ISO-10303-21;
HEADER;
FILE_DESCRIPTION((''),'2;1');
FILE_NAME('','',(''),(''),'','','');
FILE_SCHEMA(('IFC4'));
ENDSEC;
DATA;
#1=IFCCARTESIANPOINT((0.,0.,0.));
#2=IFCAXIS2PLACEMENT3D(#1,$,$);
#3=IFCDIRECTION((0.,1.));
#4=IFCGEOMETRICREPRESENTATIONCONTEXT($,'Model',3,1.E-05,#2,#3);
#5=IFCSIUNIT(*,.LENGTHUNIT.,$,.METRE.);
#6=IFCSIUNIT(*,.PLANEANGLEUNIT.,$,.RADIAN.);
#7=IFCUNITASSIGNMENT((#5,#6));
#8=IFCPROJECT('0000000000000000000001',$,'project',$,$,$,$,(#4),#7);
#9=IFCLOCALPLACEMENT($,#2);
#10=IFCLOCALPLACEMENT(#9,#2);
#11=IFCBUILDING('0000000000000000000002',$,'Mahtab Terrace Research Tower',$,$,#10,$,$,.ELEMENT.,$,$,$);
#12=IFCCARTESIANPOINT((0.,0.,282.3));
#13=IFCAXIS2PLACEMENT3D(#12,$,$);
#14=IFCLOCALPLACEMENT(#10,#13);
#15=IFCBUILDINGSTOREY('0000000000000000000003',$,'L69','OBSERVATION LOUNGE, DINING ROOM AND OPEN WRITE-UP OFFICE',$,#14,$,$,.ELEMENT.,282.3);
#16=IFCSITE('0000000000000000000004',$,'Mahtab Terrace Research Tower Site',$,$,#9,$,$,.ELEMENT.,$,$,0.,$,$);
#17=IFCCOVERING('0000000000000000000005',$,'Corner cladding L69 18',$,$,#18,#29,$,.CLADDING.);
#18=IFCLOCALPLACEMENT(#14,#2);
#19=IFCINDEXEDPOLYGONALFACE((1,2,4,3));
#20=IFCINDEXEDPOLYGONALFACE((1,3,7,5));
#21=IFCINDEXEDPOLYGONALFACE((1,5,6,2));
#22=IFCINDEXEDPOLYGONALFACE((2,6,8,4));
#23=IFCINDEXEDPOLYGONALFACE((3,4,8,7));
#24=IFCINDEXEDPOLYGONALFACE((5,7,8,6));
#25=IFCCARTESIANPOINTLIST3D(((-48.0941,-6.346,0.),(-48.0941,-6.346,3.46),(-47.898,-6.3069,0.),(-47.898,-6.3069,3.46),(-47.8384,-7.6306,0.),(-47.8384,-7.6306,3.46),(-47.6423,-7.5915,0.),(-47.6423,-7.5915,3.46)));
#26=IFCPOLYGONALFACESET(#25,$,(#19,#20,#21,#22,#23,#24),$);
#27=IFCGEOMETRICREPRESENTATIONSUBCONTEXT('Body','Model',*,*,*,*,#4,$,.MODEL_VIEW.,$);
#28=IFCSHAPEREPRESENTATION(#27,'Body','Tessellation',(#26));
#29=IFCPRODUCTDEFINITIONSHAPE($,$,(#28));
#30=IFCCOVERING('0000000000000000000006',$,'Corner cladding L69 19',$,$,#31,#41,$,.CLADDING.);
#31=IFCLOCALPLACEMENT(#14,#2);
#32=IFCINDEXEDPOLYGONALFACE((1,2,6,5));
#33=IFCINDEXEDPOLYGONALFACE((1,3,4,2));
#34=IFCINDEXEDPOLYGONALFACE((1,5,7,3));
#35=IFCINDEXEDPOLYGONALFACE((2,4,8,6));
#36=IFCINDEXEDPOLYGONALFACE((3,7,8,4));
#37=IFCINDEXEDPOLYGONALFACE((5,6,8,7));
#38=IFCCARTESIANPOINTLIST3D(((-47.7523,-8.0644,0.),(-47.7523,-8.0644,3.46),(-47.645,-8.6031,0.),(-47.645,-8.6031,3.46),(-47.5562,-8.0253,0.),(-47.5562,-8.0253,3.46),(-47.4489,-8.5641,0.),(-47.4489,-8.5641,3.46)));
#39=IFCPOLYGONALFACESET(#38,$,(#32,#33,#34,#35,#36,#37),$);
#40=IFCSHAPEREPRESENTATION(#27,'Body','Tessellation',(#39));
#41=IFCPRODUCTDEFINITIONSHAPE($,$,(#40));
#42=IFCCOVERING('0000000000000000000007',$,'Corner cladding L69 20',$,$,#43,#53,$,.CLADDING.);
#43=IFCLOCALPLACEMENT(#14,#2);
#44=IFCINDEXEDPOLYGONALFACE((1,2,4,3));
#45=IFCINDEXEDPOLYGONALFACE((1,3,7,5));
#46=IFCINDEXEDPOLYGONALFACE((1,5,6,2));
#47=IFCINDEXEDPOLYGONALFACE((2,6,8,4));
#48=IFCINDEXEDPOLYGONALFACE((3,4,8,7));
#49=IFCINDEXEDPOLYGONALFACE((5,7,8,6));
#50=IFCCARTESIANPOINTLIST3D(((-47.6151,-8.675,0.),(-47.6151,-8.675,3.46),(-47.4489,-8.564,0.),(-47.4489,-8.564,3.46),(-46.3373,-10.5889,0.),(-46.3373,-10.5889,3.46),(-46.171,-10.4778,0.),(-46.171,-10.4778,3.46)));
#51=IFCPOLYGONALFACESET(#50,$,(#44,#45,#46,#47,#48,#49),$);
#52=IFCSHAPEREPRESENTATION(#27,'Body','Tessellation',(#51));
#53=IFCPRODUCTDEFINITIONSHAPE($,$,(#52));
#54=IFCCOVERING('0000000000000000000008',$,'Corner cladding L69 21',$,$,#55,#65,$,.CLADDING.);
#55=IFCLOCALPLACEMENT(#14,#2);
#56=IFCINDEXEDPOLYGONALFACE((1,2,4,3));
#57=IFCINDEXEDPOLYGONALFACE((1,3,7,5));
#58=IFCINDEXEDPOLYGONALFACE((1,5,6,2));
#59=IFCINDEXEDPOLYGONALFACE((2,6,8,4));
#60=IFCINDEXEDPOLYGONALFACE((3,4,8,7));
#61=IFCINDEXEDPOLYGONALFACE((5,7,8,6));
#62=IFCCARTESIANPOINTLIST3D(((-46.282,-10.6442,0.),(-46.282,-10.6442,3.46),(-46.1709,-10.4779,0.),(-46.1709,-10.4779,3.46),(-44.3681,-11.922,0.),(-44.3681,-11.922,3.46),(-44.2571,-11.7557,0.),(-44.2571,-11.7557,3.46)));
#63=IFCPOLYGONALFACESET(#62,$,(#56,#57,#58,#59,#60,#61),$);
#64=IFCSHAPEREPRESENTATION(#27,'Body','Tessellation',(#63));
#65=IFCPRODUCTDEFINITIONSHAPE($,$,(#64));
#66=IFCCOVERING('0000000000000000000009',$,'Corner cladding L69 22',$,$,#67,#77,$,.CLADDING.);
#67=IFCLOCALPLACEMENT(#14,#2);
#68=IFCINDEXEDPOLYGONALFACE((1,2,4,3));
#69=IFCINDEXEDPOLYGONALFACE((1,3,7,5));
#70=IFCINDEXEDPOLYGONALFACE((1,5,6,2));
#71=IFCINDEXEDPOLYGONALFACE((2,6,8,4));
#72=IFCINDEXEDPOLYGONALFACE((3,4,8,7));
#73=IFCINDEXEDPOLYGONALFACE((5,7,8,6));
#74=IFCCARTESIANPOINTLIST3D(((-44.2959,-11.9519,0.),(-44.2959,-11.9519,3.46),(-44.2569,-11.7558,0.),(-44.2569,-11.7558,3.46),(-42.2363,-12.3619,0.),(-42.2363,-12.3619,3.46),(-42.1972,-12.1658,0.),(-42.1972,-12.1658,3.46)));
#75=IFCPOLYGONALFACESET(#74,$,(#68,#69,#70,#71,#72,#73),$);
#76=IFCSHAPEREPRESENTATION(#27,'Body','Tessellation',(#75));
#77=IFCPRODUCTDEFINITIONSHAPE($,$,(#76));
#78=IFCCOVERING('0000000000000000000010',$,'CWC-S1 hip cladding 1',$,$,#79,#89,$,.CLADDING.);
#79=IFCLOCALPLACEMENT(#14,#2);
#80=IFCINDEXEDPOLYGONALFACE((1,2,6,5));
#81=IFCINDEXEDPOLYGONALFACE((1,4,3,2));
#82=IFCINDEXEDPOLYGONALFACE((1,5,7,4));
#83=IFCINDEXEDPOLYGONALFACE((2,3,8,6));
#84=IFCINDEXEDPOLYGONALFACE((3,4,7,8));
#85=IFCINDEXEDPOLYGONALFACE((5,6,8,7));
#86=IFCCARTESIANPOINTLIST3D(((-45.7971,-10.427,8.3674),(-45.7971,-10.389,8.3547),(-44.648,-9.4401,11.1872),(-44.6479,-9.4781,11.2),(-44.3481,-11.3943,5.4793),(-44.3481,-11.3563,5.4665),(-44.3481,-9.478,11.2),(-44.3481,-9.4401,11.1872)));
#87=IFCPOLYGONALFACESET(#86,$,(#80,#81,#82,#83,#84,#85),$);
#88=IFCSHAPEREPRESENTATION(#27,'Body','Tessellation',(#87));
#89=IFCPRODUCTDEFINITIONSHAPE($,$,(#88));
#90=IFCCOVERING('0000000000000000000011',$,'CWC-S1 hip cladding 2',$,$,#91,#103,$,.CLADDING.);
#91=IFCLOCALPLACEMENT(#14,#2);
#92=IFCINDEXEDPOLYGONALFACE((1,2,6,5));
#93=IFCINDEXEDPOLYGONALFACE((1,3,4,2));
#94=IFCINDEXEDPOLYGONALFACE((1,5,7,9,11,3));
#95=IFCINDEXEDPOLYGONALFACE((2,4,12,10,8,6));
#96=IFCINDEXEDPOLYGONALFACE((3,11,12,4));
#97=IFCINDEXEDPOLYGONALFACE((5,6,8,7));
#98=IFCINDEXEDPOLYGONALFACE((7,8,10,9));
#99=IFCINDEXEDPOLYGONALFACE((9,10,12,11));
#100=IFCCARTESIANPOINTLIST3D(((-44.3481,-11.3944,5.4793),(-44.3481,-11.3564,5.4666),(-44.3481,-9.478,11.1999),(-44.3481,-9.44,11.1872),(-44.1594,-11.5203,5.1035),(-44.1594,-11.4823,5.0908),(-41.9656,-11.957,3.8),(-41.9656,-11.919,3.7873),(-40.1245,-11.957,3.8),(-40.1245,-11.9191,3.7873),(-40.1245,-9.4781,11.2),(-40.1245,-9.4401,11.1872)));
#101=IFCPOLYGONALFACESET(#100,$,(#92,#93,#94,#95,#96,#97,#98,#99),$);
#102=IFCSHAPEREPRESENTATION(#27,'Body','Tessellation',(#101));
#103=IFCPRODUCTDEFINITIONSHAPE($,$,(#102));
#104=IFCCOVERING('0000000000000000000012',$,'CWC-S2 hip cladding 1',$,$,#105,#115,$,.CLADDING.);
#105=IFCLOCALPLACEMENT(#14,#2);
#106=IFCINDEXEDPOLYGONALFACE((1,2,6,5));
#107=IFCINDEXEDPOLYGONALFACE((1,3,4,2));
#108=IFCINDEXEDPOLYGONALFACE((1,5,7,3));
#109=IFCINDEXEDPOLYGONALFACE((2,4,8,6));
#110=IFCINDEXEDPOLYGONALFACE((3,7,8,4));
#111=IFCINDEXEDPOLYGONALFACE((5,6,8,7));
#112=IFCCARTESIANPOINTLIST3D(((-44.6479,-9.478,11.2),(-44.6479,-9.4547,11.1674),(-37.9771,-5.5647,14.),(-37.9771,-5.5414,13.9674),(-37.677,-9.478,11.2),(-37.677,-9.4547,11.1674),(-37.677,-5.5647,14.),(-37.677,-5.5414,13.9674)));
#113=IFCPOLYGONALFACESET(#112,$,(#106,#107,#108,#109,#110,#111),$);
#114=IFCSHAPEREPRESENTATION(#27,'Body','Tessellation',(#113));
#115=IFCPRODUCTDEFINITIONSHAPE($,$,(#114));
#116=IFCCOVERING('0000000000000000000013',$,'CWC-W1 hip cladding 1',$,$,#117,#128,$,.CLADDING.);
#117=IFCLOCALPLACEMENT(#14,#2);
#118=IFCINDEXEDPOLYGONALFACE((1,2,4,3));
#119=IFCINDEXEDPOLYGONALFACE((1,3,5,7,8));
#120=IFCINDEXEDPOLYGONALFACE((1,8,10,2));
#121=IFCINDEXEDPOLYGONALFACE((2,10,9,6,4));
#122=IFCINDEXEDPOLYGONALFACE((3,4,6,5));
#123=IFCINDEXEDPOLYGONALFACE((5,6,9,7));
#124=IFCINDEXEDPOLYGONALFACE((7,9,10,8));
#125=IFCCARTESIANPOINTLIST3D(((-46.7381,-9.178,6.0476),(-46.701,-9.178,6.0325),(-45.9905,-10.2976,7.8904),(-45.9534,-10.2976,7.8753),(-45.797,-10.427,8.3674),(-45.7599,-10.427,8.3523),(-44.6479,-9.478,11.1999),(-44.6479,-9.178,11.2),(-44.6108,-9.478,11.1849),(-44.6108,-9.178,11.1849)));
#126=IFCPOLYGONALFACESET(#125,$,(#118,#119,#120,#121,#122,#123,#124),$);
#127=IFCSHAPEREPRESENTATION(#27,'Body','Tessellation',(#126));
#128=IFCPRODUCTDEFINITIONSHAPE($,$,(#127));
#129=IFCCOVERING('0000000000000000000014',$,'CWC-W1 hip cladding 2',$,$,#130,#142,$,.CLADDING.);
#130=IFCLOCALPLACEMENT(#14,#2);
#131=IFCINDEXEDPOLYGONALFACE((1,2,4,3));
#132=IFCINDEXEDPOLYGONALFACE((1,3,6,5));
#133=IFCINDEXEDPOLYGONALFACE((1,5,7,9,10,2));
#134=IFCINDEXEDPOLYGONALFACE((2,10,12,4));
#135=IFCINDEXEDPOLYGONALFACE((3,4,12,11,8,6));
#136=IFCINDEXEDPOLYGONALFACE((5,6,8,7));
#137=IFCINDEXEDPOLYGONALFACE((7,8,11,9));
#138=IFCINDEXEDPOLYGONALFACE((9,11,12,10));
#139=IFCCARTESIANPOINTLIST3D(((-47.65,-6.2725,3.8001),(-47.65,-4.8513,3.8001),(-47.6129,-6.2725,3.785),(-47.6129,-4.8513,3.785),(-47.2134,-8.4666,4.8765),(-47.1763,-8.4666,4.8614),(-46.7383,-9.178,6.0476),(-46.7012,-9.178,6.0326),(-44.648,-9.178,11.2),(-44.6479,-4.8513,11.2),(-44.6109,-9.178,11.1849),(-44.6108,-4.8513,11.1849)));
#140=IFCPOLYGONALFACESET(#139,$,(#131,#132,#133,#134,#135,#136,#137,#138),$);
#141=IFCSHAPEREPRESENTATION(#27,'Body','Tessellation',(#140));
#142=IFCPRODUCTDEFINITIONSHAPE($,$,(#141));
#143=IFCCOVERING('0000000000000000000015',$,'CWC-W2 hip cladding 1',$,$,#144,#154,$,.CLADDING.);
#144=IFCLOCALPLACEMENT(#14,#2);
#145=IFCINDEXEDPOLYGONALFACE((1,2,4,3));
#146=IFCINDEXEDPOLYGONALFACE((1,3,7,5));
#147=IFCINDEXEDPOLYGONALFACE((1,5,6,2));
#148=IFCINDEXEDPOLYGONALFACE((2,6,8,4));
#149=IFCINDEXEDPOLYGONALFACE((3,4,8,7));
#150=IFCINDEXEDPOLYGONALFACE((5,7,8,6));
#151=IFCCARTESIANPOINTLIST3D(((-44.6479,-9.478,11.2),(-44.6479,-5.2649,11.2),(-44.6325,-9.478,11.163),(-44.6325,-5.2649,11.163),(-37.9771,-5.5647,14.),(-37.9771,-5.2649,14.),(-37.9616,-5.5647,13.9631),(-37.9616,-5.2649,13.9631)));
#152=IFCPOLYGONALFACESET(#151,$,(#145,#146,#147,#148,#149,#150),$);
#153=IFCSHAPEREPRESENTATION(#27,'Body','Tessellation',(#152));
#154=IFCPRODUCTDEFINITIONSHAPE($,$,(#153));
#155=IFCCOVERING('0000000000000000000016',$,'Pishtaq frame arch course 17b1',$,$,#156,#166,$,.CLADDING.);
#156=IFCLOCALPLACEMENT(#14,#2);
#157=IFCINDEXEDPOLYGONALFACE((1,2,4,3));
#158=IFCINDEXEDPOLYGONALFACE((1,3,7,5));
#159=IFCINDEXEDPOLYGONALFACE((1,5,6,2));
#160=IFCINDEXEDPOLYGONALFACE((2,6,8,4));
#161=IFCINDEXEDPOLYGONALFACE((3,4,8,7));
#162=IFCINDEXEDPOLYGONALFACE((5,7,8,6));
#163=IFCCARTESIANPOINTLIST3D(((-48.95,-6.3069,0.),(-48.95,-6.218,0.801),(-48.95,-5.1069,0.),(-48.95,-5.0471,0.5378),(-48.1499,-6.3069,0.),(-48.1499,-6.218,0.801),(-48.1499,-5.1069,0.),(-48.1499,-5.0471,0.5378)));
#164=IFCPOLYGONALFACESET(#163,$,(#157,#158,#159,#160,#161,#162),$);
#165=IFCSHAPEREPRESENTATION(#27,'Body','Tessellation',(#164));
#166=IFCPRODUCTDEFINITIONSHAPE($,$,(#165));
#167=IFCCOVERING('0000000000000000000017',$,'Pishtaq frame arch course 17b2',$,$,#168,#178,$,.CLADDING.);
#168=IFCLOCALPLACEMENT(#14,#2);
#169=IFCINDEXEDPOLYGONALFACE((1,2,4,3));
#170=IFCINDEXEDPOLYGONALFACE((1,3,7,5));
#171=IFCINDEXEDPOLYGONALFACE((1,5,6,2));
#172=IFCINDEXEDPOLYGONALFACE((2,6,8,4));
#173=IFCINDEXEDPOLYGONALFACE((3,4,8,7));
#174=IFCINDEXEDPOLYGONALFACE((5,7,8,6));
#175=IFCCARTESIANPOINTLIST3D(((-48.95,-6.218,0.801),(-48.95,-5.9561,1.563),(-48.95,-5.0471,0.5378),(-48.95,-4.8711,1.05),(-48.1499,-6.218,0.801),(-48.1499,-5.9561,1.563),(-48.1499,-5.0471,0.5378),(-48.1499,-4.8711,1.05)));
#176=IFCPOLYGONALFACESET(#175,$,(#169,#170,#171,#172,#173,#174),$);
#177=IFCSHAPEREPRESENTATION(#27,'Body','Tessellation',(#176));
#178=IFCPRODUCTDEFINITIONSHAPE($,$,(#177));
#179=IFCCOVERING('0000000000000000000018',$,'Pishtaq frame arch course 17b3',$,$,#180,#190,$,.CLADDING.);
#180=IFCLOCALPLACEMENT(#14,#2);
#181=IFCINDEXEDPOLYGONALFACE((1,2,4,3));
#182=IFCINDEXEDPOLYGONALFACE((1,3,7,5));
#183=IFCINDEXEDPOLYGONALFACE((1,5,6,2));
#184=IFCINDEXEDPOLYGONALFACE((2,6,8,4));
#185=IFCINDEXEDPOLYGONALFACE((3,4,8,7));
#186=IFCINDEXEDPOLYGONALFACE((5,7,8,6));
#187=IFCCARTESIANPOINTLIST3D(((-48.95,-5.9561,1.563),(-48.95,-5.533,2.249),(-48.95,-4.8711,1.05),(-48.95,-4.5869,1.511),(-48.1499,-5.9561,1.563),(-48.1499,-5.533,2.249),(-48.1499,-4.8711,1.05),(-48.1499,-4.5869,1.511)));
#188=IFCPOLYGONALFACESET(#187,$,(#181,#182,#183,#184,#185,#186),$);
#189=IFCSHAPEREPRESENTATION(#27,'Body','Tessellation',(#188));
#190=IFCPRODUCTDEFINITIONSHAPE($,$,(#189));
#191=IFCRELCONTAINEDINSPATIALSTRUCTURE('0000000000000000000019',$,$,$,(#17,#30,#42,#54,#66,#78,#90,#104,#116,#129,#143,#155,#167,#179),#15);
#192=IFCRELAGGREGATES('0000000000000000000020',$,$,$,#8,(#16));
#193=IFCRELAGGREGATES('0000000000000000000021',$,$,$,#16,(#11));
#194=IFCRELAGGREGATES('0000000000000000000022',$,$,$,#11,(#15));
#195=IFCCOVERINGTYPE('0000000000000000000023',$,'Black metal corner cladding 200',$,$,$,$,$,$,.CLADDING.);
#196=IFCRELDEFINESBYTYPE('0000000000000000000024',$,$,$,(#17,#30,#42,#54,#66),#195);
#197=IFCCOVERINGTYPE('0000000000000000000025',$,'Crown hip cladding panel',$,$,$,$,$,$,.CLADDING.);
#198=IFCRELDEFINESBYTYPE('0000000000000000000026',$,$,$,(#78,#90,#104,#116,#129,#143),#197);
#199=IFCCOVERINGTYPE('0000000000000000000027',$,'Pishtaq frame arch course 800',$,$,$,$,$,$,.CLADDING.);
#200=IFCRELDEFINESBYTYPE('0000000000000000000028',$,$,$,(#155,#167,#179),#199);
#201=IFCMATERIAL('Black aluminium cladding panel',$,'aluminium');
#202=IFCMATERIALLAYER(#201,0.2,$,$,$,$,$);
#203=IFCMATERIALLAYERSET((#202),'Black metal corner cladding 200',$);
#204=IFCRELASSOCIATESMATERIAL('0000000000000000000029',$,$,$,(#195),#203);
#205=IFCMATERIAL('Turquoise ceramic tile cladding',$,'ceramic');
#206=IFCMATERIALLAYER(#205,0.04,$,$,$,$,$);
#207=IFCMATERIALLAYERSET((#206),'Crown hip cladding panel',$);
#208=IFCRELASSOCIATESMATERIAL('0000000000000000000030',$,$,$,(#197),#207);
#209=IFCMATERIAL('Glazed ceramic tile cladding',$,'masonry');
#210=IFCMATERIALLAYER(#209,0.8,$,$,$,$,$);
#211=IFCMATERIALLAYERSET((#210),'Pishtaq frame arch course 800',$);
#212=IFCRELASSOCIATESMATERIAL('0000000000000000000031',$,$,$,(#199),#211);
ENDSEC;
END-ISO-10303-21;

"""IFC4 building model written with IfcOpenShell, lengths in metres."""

from ifc_helpers import new_model, si_unit, direction, frame, origin, origin_2d, place, context, subcontext, project, spatial, polyline, rectangle, outline, extrude, material, layer, layer_set, type_object, element, save


model = new_model("IFC4")

# Units and contexts
model_context = context("Model", 3, precision=1e-05, world=origin(), true_north=direction((0.0, 1.0)))
body_context = subcontext(model_context, "Body", "Model", "MODEL_VIEW")
ifc_project = project(units=[si_unit("LENGTHUNIT", "METRE"), si_unit("PLANEANGLEUNIT", "RADIAN")], contexts=[model_context])

# Site, building, storey
site_placement = place(None, origin())
site = spatial("IfcSite", under=ifc_project, at=site_placement, Name="Mahtab Terrace Research Tower Site", CompositionType="ELEMENT", RefElevation=0.0)
building_placement = place(site_placement, origin())
building = spatial("IfcBuilding", under=site, at=building_placement, Name="Mahtab Terrace Research Tower", CompositionType="ELEMENT")
storey_placement = place(building_placement, frame((0.0, 0.0, 282.3)))
storey = spatial("IfcBuildingStorey", under=building, at=storey_placement, Name="L69", Description="OBSERVATION LOUNGE, DINING ROOM AND OPEN WRITE-UP OFFICE", CompositionType="ELEMENT", Elevation=282.3)

# Shared definitions
ifc_material_1 = material(Name="Black aluminium cladding panel", Category="aluminium")

# Coverings
ifc_layer_1 = layer(ifc_material_1, 0.2)
ifc_layer_set_1 = layer_set([ifc_layer_1], Name="Black metal corner cladding 200")
covering_type_1 = type_object("IfcCoveringType", Name="Black metal corner cladding 200", PredefinedType="CLADDING", material=ifc_layer_set_1)
covering_1_placement = place(storey_placement, frame((-47.8682, -6.9688, 0.0), z_axis=(0.0, 0.0, 1.0), x_axis=(0.195212, -0.980761, 0.0)))
element("IfcCovering", 1, at=covering_1_placement, inside=storey, type_object=covering_type_1, Name="Corner cladding L69 18", PredefinedType="CLADDING", context=body_context, shape_type="SweptSolid", body=[
    extrude(rectangle(XDim=1.3098, YDim=0.2, at=origin_2d()), origin(), (0.0, 0.0, 1.0), 3.46),
])
covering_2_placement = place(storey_placement, frame((-47.6006, -8.3142, 0.0), z_axis=(0.0, 0.0, 1.0), x_axis=(0.195212, -0.980761, 0.0)))
element("IfcCovering", 2, at=covering_2_placement, inside=storey, type_object=covering_type_1, Name="Corner cladding L69 19", PredefinedType="CLADDING", context=body_context, shape_type="SweptSolid", body=[
    extrude(rectangle(XDim=0.5493, YDim=0.2, at=origin_2d()), origin(), (0.0, 0.0, 1.0), 3.46),
])
for number, where, z_axis, x_axis, name in (
    (3, (-46.8931, -9.5764, 0.0), (0.0, 0.0, 1.0), (0.555291, -0.831656, 0.0), "Corner cladding L69 20"),
    (4, (-45.2695, -11.2, 0.0), (0.0, 0.0, 1.0), (0.831656, -0.555291, 0.0), "Corner cladding L69 21"),
):
    element("IfcCovering", number, at=place(storey_placement, frame(where, z_axis=z_axis, x_axis=x_axis)), inside=storey, type_object=covering_type_1, Name=name, PredefinedType="CLADDING", context=body_context, shape_type="SweptSolid", body=[
        extrude(rectangle(XDim=2.3013, YDim=0.2, at=origin_2d()), origin(), (0.0, 0.0, 1.0), 3.46),
    ])
covering_3_placement = place(storey_placement, frame((-43.2466, -12.0588, 0.0), z_axis=(0.0, 0.0, 1.0), x_axis=(0.980761, -0.195212, 0.0)))
element("IfcCovering", 5, at=covering_3_placement, inside=storey, type_object=covering_type_1, Name="Corner cladding L69 22", PredefinedType="CLADDING", context=body_context, shape_type="SweptSolid", body=[
    extrude(rectangle(XDim=2.1001, YDim=0.2, at=origin_2d()), origin(), (0.0, 0.0, 1.0), 3.46),
])
ifc_material_2 = material(Name="Turquoise ceramic tile cladding", Category="ceramic")
ifc_layer_2 = layer(ifc_material_2, 0.04)
ifc_layer_set_2 = layer_set([ifc_layer_2], Name="Crown hip cladding panel")
covering_type_2 = type_object("IfcCoveringType", Name="Crown hip cladding panel", PredefinedType="CLADDING", material=ifc_layer_set_2)
covering_4_placement = place(storey_placement, frame((-44.3481, -9.478, 11.2), z_axis=(0.000099, -0.948215, 0.317628), x_axis=(0.0, -0.317628, -0.948215)))
element("IfcCovering", 6, at=covering_4_placement, inside=storey, type_object=covering_type_2, Name="CWC-S1 hip cladding 1", PredefinedType="CLADDING", context=body_context, shape_type="SweptSolid", body=[
    extrude(outline(polyline([(0.0, 0.0), (6.0331, 0.0), (2.9873, -1.449), (0.0, -0.2998), (0.0, 0.0)])), origin(), (0.0, 0.0, -1.0), 0.04),
])
covering_5_placement = place(storey_placement, frame((-40.1245, -11.957, 3.8), z_axis=(-0.000023, -0.948208, 0.31765), x_axis=(-1.0, 0.000021, -0.000007)))
element("IfcCovering", 7, at=covering_5_placement, inside=storey, type_object=covering_type_2, Name="CWC-S1 hip cladding 2", PredefinedType="CLADDING", context=body_context, shape_type="SweptSolid", body=[
    extrude(outline(polyline([(0.0, 0.0), (1.8411, 0.0), (4.0349, -1.3747), (4.2236, -1.771), (4.2236, -7.8041), (0.0, -7.8041), (0.0, 0.0)])), origin(), (0.0, 0.0, -1.0), 0.04),
])
covering_6_placement = place(storey_placement, frame((-37.9771, -5.5647, 14.0), z_axis=(0.0, -0.5819, 0.81326), x_axis=(1.0, 0.0, 0.0)))
element("IfcCovering", 8, at=covering_6_placement, inside=storey, type_object=covering_type_2, Name="CWC-S2 hip cladding 1", PredefinedType="CLADDING", context=body_context, shape_type="SweptSolid", body=[
    extrude(outline(polyline([(0.0, 0.0), (0.3, 0.0), (0.3, -4.8119), (-6.6709, -4.8119), (0.0, 0.0)])), origin(), (0.0, 0.0, -1.0), 0.04),
])
covering_7_placement = place(storey_placement, frame((-44.6479, -9.178, 11.2), z_axis=(-0.926652, -0.00005, 0.37592), x_axis=(0.000046, -1.0, -0.000019)))
element("IfcCovering", 9, at=covering_7_placement, inside=storey, type_object=covering_type_2, Name="CWC-W1 hip cladding 1", PredefinedType="CLADDING", context=body_context, shape_type="SweptSolid", body=[
    extrude(outline(polyline([(0.0, 0.0), (0.3, 0.0), (1.249, -3.0568), (1.1196, -3.5715), (0.0, -5.5602), (0.0, 0.0)])), origin(), (0.0, 0.0, -1.0), 0.04),
])
covering_8_placement = place(storey_placement, frame((-44.6479, -4.8513, 11.2), z_axis=(-0.926649, 0.000021, 0.375927), x_axis=(-0.000019, -1.0, 0.000008)))
element("IfcCovering", 10, at=covering_8_placement, inside=storey, type_object=covering_type_2, Name="CWC-W1 hip cladding 2", PredefinedType="CLADDING", context=body_context, shape_type="SweptSolid", body=[
    extrude(outline(polyline([(0.0, 0.0), (4.3267, 0.0), (4.3267, -5.5602), (3.6152, -6.8241), (1.4211, -7.9856), (0.0, -7.9856), (0.0, 0.0)])), origin(), (0.0, 0.0, -1.0), 0.04),
])
covering_9_placement = place(storey_placement, frame((-44.6479, -5.2649, 11.2), z_axis=(-0.387029, 0.0, 0.922067), x_axis=(0.922067, 0.0, 0.387029)))
element("IfcCovering", 11, at=covering_9_placement, inside=storey, type_object=covering_type_2, Name="CWC-W2 hip cladding 1", PredefinedType="CLADDING", context=body_context, shape_type="SweptSolid", body=[
    extrude(outline(polyline([(0.0, 0.0), (7.2347, 0.0), (7.2347, -0.2998), (0.0, -4.2131), (0.0, 0.0)])), origin(), (0.0, 0.0, -1.0), 0.04),
])
ifc_material_3 = material(Name="Glazed ceramic tile cladding", Category="masonry")
ifc_layer_3 = layer(ifc_material_3, 0.8)
ifc_layer_set_3 = layer_set([ifc_layer_3], Name="Pishtaq frame arch course 800")
covering_type_3 = type_object("IfcCoveringType", Name="Pishtaq frame arch course 800", PredefinedType="CLADDING", material=ifc_layer_set_3)
covering_10_placement = place(storey_placement, frame((-48.1499, -5.1069, 0.0), z_axis=(1.0, 0.0, 0.0), x_axis=(0.0, 0.110531, 0.993873)))
element("IfcCovering", 12, at=covering_10_placement, inside=storey, type_object=covering_type_3, Name="Pishtaq frame arch course 17b1", PredefinedType="CLADDING", context=body_context, shape_type="SweptSolid", body=[
    extrude(outline(polyline([(0.0, 0.0), (0.5412, 0.0), (0.6733, 1.1928), (-0.1326, 1.1926), (0.0, 0.0)])), origin(), (0.0, 0.0, -1.0), 0.8),
])
covering_11_placement = place(storey_placement, frame((-48.1499, -5.0471, 0.5378), z_axis=(1.0, 0.0, 0.0), x_axis=(0.0, 0.325004, 0.945713)))
element("IfcCovering", 13, at=covering_11_placement, inside=storey, type_object=covering_type_3, Name="Pishtaq frame arch course 17b2", PredefinedType="CLADDING", context=body_context, shape_type="SweptSolid", body=[
    extrude(outline(polyline([(0.0, 0.0), (0.5416, 0.0), (0.6741, 1.1928), (-0.1317, 1.1929), (0.0, 0.0)])), origin(), (0.0, 0.0, -1.0), 0.8),
])
covering_12_placement = place(storey_placement, frame((-48.1499, -4.8711, 1.05), z_axis=(1.0, 0.0, 0.0), x_axis=(0.0, 0.524802, 0.851225)))
element("IfcCovering", 14, at=covering_12_placement, inside=storey, type_object=covering_type_3, Name="Pishtaq frame arch course 17b3", PredefinedType="CLADDING", context=body_context, shape_type="SweptSolid", body=[
    extrude(outline(polyline([(0.0, 0.0), (0.5415, 0.0), (0.6732, 1.1926), (-0.1328, 1.1927), (0.0, 0.0)])), origin(), (0.0, 0.0, -1.0), 0.8),
])

save(model, "model.ifc")
